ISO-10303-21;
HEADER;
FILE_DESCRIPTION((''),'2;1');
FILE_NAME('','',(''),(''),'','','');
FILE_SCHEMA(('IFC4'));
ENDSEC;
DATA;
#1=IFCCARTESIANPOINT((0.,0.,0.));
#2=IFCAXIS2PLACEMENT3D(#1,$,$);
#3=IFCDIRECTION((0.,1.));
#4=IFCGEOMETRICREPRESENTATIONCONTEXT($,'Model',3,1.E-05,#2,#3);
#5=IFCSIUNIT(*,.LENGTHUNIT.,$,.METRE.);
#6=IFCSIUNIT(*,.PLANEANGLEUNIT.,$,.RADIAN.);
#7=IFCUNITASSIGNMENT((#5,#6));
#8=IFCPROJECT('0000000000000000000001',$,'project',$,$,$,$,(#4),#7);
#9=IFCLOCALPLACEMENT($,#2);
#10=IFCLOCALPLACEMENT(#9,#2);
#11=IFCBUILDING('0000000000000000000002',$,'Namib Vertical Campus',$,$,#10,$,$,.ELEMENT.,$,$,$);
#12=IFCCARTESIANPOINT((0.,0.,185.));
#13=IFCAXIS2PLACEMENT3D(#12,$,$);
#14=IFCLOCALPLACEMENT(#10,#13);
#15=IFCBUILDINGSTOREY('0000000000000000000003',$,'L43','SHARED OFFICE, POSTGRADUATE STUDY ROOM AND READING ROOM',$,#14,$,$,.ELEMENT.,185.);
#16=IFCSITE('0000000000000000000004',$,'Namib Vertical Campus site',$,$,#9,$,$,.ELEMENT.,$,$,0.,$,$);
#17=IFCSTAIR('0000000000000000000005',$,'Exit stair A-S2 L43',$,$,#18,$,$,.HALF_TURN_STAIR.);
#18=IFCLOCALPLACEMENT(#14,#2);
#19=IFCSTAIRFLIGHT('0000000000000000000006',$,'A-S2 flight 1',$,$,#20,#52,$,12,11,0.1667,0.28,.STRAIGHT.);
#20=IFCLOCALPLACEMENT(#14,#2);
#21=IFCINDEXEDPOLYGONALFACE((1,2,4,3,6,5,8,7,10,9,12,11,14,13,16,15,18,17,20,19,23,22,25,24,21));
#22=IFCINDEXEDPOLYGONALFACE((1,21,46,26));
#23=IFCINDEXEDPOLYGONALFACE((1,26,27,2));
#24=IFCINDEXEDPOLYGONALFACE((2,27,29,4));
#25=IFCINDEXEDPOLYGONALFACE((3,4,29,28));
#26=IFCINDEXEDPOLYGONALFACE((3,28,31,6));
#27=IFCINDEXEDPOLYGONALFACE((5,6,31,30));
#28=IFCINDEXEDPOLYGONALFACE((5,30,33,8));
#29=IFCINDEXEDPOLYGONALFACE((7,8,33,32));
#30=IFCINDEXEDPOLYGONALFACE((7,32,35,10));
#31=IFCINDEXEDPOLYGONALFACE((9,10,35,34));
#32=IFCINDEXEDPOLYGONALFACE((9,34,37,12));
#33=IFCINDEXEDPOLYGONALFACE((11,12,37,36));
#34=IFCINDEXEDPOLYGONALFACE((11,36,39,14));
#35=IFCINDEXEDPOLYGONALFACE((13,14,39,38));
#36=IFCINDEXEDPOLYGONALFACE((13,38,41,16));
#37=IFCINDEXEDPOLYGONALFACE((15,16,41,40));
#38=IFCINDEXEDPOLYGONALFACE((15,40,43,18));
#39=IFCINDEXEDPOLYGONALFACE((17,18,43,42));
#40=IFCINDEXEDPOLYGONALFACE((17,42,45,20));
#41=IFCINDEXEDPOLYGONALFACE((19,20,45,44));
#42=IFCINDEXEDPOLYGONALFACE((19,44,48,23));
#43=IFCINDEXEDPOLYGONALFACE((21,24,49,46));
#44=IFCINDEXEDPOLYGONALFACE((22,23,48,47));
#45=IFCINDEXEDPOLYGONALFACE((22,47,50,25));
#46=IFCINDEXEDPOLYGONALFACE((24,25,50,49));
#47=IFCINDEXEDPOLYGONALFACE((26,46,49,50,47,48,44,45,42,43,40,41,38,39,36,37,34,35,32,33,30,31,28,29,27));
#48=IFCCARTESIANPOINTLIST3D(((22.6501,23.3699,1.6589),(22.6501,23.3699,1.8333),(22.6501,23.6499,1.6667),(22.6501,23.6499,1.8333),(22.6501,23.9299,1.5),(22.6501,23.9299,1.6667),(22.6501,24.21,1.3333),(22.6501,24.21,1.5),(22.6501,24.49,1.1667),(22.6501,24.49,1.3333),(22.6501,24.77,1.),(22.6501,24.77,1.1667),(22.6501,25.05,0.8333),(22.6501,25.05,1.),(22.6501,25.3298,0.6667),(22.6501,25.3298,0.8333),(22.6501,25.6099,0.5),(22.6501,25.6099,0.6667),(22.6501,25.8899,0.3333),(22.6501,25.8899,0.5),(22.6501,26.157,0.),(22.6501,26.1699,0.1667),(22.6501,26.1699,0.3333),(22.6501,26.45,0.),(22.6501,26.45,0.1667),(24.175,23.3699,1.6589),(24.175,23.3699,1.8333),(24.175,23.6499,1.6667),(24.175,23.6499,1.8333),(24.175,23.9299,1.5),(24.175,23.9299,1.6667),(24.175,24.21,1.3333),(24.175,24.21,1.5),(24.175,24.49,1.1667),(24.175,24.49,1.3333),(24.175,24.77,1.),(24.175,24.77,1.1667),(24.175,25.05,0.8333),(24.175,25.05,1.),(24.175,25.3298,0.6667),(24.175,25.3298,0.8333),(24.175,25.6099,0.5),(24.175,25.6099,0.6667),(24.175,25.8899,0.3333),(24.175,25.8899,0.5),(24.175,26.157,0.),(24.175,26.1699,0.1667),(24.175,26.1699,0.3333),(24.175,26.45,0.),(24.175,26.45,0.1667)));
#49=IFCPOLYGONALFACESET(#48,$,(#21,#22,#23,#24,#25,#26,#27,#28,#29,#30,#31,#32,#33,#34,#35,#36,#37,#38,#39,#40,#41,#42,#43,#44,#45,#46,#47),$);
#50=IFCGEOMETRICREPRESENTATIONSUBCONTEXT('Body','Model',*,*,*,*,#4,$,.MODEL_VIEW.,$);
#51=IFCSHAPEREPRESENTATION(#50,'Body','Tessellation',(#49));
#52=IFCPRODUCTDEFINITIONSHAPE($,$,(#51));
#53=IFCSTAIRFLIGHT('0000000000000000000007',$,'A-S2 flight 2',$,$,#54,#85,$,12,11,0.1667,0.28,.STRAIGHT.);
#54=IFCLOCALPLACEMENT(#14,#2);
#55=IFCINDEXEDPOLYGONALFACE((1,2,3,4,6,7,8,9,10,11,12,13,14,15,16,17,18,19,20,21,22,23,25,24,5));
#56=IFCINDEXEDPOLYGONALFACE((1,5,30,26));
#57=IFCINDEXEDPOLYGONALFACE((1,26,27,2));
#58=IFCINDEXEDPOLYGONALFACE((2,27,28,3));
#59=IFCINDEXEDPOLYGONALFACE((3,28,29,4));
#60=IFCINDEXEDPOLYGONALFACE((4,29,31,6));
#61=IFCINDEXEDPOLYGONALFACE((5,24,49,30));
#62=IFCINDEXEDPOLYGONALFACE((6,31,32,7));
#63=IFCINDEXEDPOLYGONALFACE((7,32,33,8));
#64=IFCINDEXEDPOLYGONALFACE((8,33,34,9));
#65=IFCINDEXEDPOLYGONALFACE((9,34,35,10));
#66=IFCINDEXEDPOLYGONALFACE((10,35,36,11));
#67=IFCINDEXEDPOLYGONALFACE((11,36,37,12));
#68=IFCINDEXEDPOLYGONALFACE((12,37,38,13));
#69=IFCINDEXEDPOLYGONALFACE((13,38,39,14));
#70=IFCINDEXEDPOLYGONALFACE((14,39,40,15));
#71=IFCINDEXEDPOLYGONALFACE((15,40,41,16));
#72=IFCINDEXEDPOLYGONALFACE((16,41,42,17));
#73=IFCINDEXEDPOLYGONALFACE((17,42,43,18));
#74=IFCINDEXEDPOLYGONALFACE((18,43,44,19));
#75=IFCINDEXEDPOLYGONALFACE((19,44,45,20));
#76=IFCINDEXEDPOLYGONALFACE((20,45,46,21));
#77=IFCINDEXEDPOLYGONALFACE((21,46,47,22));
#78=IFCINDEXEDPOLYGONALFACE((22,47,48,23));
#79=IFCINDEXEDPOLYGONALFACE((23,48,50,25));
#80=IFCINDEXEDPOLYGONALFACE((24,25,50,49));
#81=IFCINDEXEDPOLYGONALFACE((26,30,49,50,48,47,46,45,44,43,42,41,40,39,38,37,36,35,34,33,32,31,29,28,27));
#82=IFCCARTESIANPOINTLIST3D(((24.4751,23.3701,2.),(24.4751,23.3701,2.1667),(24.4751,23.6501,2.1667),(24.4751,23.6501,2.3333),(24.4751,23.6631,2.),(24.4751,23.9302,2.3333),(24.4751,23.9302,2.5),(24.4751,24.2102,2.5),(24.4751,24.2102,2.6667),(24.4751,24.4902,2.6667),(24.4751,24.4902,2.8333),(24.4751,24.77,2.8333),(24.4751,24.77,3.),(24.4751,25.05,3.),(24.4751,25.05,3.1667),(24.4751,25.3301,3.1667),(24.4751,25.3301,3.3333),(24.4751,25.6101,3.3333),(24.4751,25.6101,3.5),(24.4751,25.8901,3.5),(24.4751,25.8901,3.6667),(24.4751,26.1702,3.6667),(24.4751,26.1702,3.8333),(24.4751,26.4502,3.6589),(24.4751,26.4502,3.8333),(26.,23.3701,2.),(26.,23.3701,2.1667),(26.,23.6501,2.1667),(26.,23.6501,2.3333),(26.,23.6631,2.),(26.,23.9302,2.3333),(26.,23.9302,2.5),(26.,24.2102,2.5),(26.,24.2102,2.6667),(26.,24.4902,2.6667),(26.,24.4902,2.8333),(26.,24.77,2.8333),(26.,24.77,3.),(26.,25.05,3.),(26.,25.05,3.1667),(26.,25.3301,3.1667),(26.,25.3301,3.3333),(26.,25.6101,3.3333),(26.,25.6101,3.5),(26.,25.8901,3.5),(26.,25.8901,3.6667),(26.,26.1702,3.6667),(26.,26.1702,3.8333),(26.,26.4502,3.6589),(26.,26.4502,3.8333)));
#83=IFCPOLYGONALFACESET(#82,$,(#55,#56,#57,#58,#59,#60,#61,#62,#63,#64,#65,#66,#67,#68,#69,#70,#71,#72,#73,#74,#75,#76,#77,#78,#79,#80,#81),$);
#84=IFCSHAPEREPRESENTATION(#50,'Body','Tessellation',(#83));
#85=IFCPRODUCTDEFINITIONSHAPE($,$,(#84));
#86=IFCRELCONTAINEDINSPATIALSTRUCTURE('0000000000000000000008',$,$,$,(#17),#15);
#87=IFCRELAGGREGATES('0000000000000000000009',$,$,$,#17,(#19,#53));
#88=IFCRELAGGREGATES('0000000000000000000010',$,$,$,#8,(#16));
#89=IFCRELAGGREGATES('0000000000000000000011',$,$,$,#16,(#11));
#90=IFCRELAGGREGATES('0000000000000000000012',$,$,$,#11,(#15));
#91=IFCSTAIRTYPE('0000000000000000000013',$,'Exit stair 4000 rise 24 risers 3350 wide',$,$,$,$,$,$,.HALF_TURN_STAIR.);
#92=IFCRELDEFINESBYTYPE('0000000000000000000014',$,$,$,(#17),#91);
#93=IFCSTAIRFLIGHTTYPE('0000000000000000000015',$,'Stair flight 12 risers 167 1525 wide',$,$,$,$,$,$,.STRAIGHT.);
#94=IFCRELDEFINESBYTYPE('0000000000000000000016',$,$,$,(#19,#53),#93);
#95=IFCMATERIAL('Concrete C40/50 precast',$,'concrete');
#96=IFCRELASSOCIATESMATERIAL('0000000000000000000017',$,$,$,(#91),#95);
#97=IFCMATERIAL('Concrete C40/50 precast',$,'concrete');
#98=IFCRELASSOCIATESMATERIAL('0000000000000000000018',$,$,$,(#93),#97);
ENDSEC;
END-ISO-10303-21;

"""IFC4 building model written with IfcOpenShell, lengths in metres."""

from ifc_helpers import new_model, si_unit, direction, frame, origin, place, context, subcontext, project, spatial, polyline, outline, extrude, material, type_object, element, aggregate, save


model = new_model("IFC4")

# Units and contexts
model_context = context("Model", 3, precision=1e-05, world=origin(), true_north=direction((0.0, 1.0)))
body_context = subcontext(model_context, "Body", "Model", "MODEL_VIEW")
ifc_project = project(units=[si_unit("LENGTHUNIT", "METRE"), si_unit("PLANEANGLEUNIT", "RADIAN")], contexts=[model_context])

# Site, building, storey
site_placement = place(None, origin())
site = spatial("IfcSite", under=ifc_project, at=site_placement, Name="Namib Vertical Campus site", CompositionType="ELEMENT", RefElevation=0.0)
building_placement = place(site_placement, origin())
building = spatial("IfcBuilding", under=site, at=building_placement, Name="Namib Vertical Campus", CompositionType="ELEMENT")
storey_placement = place(building_placement, frame((0.0, 0.0, 185.0)))
storey = spatial("IfcBuildingStorey", under=building, at=storey_placement, Name="L43", Description="SHARED OFFICE, POSTGRADUATE STUDY ROOM AND READING ROOM", CompositionType="ELEMENT", Elevation=185.0)

# Stair, stair flights
ifc_material_1 = material(Name="Concrete C40/50 precast", Category="concrete")
stair_type = type_object("IfcStairType", Name="Exit stair 4000 rise 24 risers 3350 wide", PredefinedType="HALF_TURN_STAIR", material=ifc_material_1)
stair_placement = place(storey_placement, origin())
stair = element("IfcStair", 1, at=stair_placement, inside=storey, type_object=stair_type, Name="Exit stair A-S2 L43", PredefinedType="HALF_TURN_STAIR")
ifc_material_2 = material(Name="Concrete C40/50 precast", Category="concrete")
stair_flight_type = type_object("IfcStairFlightType", Name="Stair flight 12 risers 167 1525 wide", PredefinedType="STRAIGHT", material=ifc_material_2)
stair_flight_1_placement = place(storey_placement, frame((23.4126, 26.45, 0.0), z_axis=(0.0, 0.0, 1.0), x_axis=(0.0, -1.0, 0.0)))
stair_flight_1 = element("IfcStairFlight", 2, at=stair_flight_1_placement, type_object=stair_flight_type, Name="A-S2 flight 1", NumberOfRisers=12, NumberOfTreads=11, PredefinedType="STRAIGHT", RiserHeight=0.1667, TreadLength=0.28, context=body_context, shape_type="SweptSolid", body=[
    extrude(outline(polyline([(0.0, 0.0), (0.0, 0.1667), (0.28, 0.1667), (0.28, 0.3333), (0.5601, 0.3333), (0.5601, 0.5), (0.8401, 0.5), (0.8401, 0.6667), (1.1201, 0.6667), (1.1201, 0.8333), (1.3999, 0.8333), (1.3999, 1.0), (1.6799, 1.0), (1.6799, 1.1667), (1.96, 1.1667), (1.96, 1.3333), (2.24, 1.3333), (2.24, 1.5), (2.52, 1.5), (2.52, 1.6667), (2.8, 1.6667), (2.8, 1.8333), (3.0801, 1.8333), (3.0801, 2.0), (3.0801, 1.6589), (0.293, 0.0), (0.0, 0.0)])), frame((0.0, 0.7625, 0.0), z_axis=(0.0, -1.0, 0.0), x_axis=(1.0, 0.0, 0.0)), (0.0, 0.0, 1.0), 1.5249),
])
stair_flight_2_placement = place(storey_placement, frame((25.2375, 23.3701, 2.0), z_axis=(0.0, 0.0, 1.0), x_axis=(0.0, 1.0, 0.0)))
stair_flight_2 = element("IfcStairFlight", 3, at=stair_flight_2_placement, type_object=stair_flight_type, Name="A-S2 flight 2", NumberOfRisers=12, NumberOfTreads=11, PredefinedType="STRAIGHT", RiserHeight=0.1667, TreadLength=0.28, context=body_context, shape_type="SweptSolid", body=[
    extrude(outline(polyline([(0.0, 0.0), (0.0, 0.1667), (0.28, 0.1667), (0.28, 0.3333), (0.5601, 0.3333), (0.5601, 0.5), (0.8401, 0.5), (0.8401, 0.6667), (1.1201, 0.6667), (1.1201, 0.8333), (1.3999, 0.8333), (1.3999, 1.0), (1.6799, 1.0), (1.6799, 1.1667), (1.96, 1.1667), (1.96, 1.3333), (2.24, 1.3333), (2.24, 1.5), (2.52, 1.5), (2.52, 1.6667), (2.8, 1.6667), (2.8, 1.8333), (3.0801, 1.8333), (3.0801, 2.0), (3.0801, 1.6589), (0.293, 0.0), (0.0, 0.0)])), frame((0.0, 0.7625, 0.0), z_axis=(0.0, -1.0, 0.0), x_axis=(1.0, 0.0, 0.0)), (0.0, 0.0, 1.0), 1.5249),
])
aggregate(stair, [stair_flight_1, stair_flight_2])

save(model, "model.ifc")
